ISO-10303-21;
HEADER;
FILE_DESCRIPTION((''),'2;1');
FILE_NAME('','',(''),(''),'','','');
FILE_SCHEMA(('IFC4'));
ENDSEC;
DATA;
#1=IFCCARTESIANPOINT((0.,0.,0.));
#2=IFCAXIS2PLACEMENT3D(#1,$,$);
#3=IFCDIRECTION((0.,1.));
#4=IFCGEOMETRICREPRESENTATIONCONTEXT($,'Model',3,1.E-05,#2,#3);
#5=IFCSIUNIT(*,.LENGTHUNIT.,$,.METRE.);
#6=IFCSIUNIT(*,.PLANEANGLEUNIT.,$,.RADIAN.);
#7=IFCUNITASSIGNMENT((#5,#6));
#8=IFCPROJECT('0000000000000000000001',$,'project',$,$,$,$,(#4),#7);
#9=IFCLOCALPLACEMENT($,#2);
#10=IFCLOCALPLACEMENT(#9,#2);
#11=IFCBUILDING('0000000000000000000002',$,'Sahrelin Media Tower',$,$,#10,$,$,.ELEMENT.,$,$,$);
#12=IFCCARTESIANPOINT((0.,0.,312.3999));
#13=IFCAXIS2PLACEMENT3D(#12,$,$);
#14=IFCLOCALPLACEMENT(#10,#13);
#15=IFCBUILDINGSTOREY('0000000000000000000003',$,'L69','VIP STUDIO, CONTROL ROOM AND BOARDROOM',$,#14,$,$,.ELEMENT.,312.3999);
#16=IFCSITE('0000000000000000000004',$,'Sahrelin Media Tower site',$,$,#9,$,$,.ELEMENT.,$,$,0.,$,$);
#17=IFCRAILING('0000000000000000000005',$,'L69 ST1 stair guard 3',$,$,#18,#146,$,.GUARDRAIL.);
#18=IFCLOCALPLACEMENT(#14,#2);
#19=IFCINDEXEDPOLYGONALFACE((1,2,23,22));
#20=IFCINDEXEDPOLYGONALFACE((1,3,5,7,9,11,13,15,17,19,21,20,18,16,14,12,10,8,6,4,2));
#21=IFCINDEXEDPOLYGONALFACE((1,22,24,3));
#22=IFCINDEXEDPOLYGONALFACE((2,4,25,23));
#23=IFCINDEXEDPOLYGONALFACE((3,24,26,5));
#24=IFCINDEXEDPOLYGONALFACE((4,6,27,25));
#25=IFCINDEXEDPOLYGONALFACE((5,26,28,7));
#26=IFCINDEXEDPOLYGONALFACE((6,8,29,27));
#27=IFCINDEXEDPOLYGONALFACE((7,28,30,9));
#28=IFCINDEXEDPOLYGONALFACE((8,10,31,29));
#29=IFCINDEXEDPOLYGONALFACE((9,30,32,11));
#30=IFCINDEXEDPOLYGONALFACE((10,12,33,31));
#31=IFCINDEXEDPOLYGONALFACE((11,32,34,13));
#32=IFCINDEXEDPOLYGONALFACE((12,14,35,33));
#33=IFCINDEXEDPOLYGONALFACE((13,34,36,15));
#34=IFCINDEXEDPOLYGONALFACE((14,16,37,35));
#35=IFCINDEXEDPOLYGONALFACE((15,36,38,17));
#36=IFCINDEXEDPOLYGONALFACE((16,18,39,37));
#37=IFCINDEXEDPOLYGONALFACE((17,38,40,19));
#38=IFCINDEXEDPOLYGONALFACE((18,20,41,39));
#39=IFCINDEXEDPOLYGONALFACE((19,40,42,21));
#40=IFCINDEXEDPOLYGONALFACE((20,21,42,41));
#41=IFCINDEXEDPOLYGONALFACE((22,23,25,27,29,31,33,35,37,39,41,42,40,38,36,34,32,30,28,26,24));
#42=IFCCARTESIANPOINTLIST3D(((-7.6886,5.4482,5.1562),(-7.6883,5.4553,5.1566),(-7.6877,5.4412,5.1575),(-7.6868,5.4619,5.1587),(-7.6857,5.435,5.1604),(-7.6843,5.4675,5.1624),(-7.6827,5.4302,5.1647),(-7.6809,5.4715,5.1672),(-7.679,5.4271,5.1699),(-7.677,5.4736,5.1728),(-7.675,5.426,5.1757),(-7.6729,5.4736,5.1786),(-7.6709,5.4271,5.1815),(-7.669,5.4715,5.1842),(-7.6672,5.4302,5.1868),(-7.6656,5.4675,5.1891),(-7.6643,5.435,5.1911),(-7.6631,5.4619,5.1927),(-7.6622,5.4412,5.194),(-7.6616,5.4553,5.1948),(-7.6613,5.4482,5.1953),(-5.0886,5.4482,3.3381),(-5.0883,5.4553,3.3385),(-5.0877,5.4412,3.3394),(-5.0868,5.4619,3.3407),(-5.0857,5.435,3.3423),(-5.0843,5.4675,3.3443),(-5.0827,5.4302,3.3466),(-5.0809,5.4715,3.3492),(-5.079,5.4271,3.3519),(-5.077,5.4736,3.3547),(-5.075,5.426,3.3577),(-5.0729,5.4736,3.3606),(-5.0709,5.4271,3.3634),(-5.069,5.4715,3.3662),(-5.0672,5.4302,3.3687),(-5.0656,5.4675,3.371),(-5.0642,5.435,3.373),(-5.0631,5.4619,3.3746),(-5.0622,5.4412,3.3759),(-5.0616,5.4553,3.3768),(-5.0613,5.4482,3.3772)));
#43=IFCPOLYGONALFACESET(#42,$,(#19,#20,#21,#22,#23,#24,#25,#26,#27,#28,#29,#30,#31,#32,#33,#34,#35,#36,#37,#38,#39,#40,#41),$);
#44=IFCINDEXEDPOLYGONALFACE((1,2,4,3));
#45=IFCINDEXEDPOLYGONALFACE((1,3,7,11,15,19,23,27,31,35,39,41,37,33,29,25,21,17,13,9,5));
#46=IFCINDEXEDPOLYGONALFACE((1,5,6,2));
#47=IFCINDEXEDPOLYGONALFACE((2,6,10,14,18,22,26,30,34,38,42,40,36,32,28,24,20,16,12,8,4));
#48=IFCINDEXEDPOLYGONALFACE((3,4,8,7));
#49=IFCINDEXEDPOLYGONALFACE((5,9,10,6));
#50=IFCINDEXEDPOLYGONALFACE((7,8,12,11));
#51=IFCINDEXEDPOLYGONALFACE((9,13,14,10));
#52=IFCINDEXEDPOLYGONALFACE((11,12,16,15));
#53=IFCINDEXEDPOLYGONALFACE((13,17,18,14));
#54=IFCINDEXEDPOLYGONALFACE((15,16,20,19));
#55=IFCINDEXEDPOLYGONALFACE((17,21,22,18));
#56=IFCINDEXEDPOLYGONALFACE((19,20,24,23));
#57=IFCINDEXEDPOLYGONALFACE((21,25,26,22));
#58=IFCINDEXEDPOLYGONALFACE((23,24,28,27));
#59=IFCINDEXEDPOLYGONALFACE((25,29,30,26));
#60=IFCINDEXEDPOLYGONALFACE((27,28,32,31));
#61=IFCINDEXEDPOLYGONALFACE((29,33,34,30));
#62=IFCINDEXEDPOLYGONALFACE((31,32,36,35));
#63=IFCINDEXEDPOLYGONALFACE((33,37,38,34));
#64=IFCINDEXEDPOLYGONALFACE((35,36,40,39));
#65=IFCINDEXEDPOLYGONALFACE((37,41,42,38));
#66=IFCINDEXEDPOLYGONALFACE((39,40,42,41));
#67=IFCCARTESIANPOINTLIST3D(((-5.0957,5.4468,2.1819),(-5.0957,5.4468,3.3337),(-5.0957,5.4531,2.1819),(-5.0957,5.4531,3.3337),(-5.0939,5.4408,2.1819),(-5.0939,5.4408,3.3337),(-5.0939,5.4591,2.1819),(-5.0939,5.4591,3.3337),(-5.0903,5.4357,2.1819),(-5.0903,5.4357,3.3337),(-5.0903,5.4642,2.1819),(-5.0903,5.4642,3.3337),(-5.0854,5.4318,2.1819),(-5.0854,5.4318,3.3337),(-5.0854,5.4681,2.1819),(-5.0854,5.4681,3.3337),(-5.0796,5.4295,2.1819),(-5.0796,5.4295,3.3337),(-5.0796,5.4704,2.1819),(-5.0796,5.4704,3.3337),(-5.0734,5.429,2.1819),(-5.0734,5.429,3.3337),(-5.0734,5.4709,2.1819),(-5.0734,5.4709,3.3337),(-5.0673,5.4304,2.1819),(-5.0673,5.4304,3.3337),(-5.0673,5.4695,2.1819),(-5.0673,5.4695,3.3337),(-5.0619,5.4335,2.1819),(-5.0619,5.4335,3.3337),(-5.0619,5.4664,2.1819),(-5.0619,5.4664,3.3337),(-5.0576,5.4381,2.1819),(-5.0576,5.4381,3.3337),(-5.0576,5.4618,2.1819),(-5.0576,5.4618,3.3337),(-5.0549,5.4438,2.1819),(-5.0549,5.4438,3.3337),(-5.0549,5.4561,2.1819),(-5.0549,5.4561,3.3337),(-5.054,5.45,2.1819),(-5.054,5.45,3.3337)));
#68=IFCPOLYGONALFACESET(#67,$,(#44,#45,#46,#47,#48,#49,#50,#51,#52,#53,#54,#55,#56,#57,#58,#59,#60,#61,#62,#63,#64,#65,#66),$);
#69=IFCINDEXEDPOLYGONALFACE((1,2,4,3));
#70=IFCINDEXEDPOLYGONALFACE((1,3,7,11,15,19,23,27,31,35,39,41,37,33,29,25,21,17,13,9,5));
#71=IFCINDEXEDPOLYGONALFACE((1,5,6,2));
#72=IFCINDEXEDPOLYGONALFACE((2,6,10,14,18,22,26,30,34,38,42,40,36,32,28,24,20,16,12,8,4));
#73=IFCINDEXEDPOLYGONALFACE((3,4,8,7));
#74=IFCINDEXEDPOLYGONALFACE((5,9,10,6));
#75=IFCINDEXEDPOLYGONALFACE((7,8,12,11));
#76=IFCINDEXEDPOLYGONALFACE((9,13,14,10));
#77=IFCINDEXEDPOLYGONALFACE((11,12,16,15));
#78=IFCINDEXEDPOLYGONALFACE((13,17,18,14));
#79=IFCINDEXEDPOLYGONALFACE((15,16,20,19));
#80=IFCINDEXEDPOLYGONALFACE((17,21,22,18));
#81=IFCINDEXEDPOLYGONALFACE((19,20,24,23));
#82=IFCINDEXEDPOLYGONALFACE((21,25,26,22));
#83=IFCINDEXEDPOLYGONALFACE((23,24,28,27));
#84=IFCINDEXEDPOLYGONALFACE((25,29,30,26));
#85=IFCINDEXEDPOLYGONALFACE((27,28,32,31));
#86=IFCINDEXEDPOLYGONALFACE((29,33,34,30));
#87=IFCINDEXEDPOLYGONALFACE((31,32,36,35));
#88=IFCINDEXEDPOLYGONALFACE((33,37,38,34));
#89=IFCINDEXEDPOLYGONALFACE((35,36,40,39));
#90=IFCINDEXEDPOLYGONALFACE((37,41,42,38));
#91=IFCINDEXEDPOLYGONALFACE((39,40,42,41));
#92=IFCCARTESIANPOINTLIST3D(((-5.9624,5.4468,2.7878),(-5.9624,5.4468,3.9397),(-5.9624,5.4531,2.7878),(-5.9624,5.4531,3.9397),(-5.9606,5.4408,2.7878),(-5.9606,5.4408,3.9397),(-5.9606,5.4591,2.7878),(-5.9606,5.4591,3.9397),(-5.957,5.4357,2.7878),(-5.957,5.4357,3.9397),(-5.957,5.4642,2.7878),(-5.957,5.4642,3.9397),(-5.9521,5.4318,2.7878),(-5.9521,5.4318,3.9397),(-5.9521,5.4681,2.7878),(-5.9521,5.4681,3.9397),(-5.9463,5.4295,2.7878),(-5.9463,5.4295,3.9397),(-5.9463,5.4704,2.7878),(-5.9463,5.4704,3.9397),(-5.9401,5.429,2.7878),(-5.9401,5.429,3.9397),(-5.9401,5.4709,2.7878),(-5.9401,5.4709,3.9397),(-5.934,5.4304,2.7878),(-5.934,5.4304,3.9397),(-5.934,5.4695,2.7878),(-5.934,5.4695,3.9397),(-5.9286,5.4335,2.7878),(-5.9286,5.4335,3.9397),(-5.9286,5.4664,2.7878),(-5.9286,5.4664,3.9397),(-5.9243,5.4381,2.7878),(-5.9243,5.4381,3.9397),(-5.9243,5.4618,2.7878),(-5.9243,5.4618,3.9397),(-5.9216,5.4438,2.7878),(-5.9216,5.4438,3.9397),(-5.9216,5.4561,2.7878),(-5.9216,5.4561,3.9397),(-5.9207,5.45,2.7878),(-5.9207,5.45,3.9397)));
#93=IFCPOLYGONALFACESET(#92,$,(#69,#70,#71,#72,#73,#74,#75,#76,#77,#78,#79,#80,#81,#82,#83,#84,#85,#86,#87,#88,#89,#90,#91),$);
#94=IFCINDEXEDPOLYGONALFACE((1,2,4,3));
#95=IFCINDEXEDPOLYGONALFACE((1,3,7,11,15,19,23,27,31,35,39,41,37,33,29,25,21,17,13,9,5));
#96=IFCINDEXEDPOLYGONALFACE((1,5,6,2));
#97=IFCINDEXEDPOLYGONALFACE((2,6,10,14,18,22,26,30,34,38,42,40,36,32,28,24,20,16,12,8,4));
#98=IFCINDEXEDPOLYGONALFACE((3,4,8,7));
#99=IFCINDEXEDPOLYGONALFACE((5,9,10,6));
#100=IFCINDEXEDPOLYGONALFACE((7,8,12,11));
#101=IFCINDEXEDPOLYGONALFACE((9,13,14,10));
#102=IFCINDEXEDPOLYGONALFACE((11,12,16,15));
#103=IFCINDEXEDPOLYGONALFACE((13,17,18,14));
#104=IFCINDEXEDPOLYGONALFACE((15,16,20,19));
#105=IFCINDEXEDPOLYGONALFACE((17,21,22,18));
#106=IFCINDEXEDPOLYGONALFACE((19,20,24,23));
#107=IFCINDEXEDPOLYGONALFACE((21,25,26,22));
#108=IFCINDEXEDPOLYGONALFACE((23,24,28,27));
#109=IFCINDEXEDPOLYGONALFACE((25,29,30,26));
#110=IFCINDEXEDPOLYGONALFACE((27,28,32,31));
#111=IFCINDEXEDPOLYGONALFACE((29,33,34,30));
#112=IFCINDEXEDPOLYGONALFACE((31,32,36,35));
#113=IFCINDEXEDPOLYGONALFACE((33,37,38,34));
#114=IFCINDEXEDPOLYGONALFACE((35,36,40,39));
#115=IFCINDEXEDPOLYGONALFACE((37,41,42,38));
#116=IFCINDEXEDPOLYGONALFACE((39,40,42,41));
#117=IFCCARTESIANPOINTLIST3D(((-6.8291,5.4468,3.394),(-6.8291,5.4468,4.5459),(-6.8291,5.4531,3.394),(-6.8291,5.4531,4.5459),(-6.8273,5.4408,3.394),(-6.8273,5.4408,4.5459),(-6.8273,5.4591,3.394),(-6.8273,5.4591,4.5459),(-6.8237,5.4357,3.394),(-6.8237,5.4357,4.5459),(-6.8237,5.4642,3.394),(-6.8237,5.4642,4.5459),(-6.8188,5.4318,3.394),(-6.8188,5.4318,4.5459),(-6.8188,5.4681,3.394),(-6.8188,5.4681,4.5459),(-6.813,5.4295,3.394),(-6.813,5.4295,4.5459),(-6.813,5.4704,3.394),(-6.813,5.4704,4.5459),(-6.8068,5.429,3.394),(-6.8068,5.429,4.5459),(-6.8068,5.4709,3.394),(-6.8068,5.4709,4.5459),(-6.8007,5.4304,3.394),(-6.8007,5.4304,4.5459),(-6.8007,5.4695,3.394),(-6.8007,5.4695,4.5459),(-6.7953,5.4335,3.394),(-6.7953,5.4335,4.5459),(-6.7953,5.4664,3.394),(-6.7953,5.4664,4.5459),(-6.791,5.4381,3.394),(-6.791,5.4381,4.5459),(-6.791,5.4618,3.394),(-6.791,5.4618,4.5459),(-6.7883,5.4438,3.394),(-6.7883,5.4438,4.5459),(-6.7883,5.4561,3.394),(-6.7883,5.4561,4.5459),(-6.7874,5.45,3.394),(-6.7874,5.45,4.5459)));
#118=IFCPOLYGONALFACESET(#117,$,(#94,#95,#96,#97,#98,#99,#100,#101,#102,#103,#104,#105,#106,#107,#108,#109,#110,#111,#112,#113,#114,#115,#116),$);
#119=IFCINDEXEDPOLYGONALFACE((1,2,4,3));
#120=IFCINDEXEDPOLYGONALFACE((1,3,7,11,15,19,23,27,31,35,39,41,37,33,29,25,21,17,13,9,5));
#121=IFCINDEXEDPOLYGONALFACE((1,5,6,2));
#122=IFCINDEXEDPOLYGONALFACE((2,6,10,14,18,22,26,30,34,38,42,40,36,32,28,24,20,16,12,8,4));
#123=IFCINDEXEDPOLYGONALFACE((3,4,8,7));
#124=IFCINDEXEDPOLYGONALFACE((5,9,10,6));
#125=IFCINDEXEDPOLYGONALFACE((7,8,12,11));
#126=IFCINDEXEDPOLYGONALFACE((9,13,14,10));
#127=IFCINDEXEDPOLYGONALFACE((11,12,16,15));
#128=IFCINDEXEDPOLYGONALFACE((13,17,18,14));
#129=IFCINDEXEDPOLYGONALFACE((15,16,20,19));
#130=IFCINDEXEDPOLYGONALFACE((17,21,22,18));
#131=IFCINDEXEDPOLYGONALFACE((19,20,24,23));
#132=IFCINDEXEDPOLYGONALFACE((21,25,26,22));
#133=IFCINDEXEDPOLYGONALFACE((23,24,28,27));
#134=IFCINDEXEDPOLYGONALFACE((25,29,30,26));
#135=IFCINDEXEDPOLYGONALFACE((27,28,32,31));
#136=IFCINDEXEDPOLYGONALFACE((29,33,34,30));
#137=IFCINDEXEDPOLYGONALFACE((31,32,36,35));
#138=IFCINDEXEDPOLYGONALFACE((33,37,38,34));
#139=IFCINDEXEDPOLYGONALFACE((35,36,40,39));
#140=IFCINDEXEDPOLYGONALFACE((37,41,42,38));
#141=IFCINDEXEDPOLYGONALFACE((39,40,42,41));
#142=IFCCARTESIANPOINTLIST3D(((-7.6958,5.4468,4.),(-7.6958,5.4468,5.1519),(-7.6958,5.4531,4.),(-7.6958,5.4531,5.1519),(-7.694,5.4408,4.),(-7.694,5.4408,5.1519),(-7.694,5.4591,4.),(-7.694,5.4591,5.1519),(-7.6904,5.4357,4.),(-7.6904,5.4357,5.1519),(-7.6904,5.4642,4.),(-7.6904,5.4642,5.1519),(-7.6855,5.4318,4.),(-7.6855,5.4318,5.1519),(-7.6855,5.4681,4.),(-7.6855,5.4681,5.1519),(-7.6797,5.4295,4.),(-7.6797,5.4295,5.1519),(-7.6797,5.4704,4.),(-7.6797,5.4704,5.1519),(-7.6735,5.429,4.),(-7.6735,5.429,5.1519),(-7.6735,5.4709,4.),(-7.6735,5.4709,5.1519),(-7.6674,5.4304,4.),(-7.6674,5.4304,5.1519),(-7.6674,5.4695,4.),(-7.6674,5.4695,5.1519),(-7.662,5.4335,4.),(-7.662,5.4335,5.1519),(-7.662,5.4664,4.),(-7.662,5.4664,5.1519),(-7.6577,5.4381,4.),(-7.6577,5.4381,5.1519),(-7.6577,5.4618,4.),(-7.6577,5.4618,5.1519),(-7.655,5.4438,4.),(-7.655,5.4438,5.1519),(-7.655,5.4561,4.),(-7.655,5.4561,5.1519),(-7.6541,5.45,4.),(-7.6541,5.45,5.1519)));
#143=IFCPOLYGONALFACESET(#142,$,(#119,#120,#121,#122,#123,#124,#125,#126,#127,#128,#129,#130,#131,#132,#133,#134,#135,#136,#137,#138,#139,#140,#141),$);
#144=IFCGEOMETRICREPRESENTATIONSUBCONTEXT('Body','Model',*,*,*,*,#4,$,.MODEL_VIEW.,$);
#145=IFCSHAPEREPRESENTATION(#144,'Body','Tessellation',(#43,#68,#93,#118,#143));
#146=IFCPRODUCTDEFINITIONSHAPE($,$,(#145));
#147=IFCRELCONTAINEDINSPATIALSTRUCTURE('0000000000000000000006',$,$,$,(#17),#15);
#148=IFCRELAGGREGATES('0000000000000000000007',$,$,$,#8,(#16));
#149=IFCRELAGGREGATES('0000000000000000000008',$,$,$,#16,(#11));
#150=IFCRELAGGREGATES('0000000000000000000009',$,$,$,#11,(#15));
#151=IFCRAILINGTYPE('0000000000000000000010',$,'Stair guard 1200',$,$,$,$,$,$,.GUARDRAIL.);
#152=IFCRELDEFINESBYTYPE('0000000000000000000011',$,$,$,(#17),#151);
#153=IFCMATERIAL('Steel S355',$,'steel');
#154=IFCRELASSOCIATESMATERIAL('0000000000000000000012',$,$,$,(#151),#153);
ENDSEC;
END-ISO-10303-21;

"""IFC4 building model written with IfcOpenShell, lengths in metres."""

from ifc_helpers import new_model, si_unit, direction, frame, origin, origin_2d, place, context, subcontext, project, spatial, circle, extrude, material, type_object, element, save


model = new_model("IFC4")

# Units and contexts
model_context = context("Model", 3, precision=1e-05, world=origin(), true_north=direction((0.0, 1.0)))
body_context = subcontext(model_context, "Body", "Model", "MODEL_VIEW")
ifc_project = project(units=[si_unit("LENGTHUNIT", "METRE"), si_unit("PLANEANGLEUNIT", "RADIAN")], contexts=[model_context])

# Site, building, storey
site_placement = place(None, origin())
site = spatial("IfcSite", under=ifc_project, at=site_placement, Name="Sahrelin Media Tower site", CompositionType="ELEMENT", RefElevation=0.0)
building_placement = place(site_placement, origin())
building = spatial("IfcBuilding", under=site, at=building_placement, Name="Sahrelin Media Tower", CompositionType="ELEMENT")
storey_placement = place(building_placement, frame((0.0, 0.0, 312.3999)))
storey = spatial("IfcBuildingStorey", under=building, at=storey_placement, Name="L69", Description="VIP STUDIO, CONTROL ROOM AND BOARDROOM", CompositionType="ELEMENT", Elevation=312.3999)

# Shared definitions
ifc_material_1 = material(Name="Steel S355", Category="steel")

# Railing
railing_type_1 = type_object("IfcRailingType", Name="Stair guard 1200", PredefinedType="GUARDRAIL", material=ifc_material_1)
railing_1_placement = place(storey_placement, frame((-5.075, 5.45, 2.1819)))
element("IfcRailing", 1, at=railing_1_placement, inside=storey, type_object=railing_type_1, Name="L69 ST1 stair guard 3", PredefinedType="GUARDRAIL", context=body_context, shape_type="SweptSolid", body=[
    extrude(circle(Radius=0.0239, at=origin_2d()), frame((0.0, 0.0, 1.1758), z_axis=(-0.819521, 0.0, 0.573049), x_axis=(0.0, -1.0, 0.0)), (0.0, 0.0, 1.0), 3.1726),
    extrude(circle(Radius=0.021, at=origin_2d()), origin(), (0.0, 0.0, 1.0), 1.1519),
    extrude(circle(Radius=0.021, at=origin_2d()), frame((-0.8667, 0.0, 0.606)), (0.0, 0.0, 1.0), 1.1519),
    extrude(circle(Radius=0.021, at=origin_2d()), frame((-1.7334, 0.0, 1.2122)), (0.0, 0.0, 1.0), 1.1519),
    extrude(circle(Radius=0.021, at=origin_2d()), frame((-2.6001, 0.0, 1.8181)), (0.0, 0.0, 1.0), 1.1519),
])

save(model, "model.ifc")
